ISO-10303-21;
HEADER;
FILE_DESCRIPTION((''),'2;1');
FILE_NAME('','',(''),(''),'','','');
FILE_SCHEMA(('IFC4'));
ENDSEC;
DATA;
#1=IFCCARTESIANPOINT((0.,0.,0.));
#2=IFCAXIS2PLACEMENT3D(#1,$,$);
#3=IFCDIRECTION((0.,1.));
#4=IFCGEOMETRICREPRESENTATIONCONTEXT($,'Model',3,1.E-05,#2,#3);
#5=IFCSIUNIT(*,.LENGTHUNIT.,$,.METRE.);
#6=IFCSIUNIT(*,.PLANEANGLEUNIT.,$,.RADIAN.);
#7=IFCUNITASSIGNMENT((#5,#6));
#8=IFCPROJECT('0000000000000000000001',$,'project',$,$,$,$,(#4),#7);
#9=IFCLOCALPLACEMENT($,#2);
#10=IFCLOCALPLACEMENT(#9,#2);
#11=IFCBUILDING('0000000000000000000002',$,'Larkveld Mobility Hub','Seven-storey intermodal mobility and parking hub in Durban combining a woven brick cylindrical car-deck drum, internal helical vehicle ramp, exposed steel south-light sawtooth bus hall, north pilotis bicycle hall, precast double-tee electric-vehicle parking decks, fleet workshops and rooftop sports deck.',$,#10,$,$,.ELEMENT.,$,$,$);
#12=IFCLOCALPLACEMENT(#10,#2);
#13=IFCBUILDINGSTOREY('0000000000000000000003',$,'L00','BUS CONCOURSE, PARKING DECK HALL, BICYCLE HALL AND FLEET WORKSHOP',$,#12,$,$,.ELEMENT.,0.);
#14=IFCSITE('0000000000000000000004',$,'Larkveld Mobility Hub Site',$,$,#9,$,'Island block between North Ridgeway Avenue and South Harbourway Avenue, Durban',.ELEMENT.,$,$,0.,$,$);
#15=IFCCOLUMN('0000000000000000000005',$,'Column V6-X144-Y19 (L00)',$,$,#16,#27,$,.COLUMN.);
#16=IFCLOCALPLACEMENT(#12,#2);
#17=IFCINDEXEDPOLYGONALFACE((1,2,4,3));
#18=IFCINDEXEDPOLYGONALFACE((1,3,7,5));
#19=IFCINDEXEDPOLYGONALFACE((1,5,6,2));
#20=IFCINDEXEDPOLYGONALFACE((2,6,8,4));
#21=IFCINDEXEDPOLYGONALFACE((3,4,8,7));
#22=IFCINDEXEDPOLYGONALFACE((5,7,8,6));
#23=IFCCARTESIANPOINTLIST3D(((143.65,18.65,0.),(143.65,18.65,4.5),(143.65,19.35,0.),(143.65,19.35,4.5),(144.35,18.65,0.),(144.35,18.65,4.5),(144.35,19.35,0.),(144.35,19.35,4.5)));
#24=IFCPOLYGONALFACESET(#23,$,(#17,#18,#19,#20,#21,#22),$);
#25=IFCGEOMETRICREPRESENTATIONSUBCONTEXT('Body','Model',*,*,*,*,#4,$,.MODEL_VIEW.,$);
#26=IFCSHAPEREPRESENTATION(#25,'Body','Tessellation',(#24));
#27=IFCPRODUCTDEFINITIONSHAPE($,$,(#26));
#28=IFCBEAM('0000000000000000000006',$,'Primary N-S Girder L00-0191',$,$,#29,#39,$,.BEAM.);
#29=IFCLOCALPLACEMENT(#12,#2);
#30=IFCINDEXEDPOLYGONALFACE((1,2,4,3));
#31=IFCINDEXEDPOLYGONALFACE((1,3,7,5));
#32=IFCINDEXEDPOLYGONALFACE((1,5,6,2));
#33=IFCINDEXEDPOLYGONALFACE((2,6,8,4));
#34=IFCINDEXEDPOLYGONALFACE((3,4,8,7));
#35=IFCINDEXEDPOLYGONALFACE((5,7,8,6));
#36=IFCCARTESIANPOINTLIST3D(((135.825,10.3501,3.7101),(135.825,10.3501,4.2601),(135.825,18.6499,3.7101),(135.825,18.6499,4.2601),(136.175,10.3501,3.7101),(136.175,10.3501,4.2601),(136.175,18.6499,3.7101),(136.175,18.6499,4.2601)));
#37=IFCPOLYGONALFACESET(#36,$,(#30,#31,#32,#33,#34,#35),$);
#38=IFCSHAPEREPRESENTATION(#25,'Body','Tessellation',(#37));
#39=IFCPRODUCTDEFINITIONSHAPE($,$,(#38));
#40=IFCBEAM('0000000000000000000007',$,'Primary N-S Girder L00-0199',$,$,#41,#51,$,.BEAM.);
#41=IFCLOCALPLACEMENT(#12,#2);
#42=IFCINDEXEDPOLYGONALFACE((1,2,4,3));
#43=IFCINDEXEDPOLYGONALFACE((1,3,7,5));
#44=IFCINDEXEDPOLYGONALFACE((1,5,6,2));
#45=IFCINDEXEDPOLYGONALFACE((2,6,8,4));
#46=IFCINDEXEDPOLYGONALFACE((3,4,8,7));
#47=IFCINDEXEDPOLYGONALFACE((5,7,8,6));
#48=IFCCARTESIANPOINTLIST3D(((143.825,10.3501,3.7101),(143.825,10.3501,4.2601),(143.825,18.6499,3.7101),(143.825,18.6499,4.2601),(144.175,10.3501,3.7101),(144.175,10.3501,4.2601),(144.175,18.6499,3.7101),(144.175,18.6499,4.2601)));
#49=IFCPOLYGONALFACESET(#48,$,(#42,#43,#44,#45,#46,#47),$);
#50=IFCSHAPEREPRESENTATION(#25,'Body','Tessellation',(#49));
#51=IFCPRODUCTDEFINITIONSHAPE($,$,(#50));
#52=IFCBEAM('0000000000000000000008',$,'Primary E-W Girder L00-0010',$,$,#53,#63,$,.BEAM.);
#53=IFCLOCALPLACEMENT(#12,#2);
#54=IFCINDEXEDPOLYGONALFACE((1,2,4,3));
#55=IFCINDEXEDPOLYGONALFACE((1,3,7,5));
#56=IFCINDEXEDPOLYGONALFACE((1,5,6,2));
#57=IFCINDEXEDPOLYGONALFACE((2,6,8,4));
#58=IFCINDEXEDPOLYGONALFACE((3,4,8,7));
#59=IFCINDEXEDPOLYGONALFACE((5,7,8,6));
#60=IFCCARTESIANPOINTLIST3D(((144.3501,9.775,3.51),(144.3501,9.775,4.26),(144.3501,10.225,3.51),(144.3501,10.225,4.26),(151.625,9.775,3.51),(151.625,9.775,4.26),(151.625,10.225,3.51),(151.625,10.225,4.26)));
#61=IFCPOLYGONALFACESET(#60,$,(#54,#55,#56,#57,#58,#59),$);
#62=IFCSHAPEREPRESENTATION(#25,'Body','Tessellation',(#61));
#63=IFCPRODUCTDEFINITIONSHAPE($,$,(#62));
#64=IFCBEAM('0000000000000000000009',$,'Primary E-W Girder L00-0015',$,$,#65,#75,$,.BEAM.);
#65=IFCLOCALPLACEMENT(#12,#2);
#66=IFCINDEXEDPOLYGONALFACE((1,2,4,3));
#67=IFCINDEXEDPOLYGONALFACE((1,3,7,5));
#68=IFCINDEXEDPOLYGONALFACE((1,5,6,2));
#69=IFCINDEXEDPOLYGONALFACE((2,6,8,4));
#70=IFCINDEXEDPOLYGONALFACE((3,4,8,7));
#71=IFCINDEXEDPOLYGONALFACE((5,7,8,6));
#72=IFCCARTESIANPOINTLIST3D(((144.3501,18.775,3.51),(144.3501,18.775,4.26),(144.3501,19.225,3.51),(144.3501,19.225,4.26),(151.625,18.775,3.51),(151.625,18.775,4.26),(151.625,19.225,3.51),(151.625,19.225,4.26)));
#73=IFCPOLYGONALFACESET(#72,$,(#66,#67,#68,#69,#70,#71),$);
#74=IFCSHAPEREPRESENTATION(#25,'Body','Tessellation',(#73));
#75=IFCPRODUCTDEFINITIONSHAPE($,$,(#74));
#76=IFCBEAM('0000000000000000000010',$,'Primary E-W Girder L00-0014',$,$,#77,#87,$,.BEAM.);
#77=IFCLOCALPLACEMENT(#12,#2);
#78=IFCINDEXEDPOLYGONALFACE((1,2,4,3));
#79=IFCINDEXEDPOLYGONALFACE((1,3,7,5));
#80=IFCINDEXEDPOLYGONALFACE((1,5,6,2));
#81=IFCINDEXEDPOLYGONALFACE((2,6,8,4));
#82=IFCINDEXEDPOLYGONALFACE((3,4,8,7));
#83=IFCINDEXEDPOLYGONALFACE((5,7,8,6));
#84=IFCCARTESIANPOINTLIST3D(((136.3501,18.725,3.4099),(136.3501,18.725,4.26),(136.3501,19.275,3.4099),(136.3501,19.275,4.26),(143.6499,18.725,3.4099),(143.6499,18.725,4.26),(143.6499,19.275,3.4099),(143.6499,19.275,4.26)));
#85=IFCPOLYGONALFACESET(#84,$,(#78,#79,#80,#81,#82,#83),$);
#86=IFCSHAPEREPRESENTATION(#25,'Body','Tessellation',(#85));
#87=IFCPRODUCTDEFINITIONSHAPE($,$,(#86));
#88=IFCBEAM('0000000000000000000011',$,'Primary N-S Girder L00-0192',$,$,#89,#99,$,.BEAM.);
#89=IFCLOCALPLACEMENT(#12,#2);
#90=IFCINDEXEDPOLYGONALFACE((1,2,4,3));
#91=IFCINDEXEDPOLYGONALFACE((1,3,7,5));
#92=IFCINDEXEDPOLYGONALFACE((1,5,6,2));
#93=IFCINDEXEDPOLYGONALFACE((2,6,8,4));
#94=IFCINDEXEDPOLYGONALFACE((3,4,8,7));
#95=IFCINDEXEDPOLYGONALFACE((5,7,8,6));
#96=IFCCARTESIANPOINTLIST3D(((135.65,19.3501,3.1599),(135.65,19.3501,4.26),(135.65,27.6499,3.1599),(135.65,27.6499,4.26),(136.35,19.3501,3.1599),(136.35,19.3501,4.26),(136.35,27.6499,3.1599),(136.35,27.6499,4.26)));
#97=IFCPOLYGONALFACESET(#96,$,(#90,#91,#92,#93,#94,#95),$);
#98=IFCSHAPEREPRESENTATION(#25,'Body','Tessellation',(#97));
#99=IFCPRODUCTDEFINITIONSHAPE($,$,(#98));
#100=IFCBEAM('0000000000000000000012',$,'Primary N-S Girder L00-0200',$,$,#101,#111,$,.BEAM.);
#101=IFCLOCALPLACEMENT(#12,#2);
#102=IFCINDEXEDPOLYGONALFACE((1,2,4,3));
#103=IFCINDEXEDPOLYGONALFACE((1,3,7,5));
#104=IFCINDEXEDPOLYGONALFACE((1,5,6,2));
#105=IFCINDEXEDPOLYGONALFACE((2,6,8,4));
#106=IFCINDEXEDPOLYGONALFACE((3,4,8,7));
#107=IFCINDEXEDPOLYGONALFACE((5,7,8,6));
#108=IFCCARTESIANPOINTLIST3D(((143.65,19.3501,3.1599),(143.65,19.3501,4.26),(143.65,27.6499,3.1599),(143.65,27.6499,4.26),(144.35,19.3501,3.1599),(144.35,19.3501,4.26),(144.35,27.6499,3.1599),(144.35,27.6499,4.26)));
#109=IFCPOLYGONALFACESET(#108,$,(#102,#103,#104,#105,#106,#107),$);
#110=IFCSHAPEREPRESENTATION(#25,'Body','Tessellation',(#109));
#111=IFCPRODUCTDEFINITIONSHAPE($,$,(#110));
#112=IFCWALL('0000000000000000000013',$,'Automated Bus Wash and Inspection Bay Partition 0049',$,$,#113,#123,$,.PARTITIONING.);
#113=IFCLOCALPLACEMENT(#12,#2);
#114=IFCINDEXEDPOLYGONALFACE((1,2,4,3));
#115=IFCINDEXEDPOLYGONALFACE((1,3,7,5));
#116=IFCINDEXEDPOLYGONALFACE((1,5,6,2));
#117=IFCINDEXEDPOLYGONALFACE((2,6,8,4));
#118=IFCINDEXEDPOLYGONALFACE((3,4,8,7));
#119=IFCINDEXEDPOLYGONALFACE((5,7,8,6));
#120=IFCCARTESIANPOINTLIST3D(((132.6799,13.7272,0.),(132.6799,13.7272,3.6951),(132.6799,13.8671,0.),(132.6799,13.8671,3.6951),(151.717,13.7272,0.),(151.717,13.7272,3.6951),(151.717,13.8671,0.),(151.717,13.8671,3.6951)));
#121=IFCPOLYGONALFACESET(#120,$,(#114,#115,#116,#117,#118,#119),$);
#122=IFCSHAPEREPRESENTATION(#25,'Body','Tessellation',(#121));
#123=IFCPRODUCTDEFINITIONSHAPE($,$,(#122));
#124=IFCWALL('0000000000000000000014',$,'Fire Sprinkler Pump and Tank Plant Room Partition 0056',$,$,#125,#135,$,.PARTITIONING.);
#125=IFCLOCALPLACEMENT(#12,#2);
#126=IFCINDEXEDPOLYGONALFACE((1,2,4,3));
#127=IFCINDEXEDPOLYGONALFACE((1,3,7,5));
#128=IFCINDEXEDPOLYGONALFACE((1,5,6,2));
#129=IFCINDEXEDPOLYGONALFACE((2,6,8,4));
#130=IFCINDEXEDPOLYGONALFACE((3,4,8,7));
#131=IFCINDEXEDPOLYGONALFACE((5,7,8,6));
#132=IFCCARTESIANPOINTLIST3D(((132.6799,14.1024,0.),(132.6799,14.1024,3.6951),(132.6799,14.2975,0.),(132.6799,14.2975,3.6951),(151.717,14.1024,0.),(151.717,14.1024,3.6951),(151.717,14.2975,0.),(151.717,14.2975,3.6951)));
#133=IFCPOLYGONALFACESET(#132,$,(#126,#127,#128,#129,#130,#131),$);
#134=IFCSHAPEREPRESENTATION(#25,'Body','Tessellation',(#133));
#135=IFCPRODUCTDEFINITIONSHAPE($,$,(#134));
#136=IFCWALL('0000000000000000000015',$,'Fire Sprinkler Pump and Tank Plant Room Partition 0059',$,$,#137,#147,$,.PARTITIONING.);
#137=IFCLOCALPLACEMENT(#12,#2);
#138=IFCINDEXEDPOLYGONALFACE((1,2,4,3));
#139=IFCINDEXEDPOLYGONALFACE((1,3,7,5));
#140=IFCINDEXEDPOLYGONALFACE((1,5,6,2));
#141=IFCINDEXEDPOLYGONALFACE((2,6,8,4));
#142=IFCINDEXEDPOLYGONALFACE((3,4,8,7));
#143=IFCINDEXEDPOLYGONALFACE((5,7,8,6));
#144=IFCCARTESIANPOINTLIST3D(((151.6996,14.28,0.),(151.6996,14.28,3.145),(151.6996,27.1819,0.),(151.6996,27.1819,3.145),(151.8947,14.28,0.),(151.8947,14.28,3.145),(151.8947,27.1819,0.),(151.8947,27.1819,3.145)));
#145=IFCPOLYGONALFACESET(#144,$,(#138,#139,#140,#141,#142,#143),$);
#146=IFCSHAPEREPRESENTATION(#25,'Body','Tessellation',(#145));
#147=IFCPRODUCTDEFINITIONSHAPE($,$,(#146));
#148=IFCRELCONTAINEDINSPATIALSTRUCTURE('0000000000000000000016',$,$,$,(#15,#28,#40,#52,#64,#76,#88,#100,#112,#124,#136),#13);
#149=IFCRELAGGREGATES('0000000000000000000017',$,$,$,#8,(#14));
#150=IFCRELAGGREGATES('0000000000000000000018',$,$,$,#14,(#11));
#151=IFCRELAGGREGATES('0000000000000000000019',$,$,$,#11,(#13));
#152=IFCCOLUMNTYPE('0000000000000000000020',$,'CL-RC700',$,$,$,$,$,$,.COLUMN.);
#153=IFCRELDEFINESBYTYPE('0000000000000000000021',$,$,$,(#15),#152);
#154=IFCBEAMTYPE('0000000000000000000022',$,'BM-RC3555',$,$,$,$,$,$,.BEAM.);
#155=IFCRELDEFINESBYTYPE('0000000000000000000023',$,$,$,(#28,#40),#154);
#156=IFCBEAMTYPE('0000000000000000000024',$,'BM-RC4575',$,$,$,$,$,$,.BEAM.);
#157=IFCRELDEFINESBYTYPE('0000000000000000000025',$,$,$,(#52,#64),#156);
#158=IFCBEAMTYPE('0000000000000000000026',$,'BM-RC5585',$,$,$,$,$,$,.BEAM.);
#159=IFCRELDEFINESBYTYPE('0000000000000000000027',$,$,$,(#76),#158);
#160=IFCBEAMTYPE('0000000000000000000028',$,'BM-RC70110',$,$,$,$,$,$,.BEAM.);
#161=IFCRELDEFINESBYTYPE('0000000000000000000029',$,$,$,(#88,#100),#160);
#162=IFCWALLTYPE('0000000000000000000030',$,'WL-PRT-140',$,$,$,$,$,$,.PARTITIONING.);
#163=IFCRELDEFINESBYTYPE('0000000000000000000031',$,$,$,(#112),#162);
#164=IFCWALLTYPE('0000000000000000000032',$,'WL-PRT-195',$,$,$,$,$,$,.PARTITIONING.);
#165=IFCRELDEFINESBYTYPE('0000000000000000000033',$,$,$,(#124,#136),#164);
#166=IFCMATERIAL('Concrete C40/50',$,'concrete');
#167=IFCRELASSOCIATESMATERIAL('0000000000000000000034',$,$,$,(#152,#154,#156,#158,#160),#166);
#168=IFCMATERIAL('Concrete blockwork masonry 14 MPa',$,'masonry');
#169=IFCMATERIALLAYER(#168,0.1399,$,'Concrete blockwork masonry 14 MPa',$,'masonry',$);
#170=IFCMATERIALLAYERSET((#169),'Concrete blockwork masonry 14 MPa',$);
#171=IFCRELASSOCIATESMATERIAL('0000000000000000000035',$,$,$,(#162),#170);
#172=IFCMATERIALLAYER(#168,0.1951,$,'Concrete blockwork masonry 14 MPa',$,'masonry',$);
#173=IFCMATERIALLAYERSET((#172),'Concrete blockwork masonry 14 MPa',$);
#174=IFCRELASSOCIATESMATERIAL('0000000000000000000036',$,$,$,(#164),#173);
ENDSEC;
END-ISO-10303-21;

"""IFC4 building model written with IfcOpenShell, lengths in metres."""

from ifc_helpers import new_model, si_unit, direction, frame, frame_2d, origin, origin_2d, place, context, subcontext, project, spatial, rectangle, extrude, material, layer, layer_set, material_profile, profile_set, type_object, element, save


model = new_model("IFC4")

# Units and contexts
model_context = context("Model", 3, precision=1e-05, world=origin(), true_north=direction((0.0, 1.0)))
body_context = subcontext(model_context, "Body", "Model", "MODEL_VIEW")
ifc_project = project(units=[si_unit("LENGTHUNIT", "METRE"), si_unit("PLANEANGLEUNIT", "RADIAN")], contexts=[model_context])

# Site, building, storey
site_placement = place(None, origin())
site = spatial("IfcSite", under=ifc_project, at=site_placement, Name="Larkveld Mobility Hub Site", LongName="Island block between North Ridgeway Avenue and South Harbourway Avenue, Durban", CompositionType="ELEMENT", RefElevation=0.0)
building_placement = place(site_placement, origin())
building = spatial("IfcBuilding", under=site, at=building_placement, Name="Larkveld Mobility Hub", Description="Seven-storey intermodal mobility and parking hub in Durban combining a woven brick cylindrical car-deck drum, internal helical vehicle ramp, exposed steel south-light sawtooth bus hall, north pilotis bicycle hall, precast double-tee electric-vehicle parking decks, fleet workshops and rooftop sports deck.", CompositionType="ELEMENT")
storey_placement = place(building_placement, origin())
storey = spatial("IfcBuildingStorey", under=building, at=storey_placement, Name="L00", Description="BUS CONCOURSE, PARKING DECK HALL, BICYCLE HALL AND FLEET WORKSHOP", CompositionType="ELEMENT", Elevation=0.0)

# Column
ifc_material_1 = material(Name="Concrete C40/50", Category="concrete")
ifc_material_profile_1 = material_profile(ifc_material_1, rectangle(XDim=0.7, YDim=0.7, at=origin_2d()), Name="RC COL 700x700")
ifc_profile_set_1 = profile_set([ifc_material_profile_1], Name="Concrete C40/50")
column_type = type_object("IfcColumnType", Name="CL-RC700", PredefinedType="COLUMN", material=ifc_profile_set_1)
for number, where, z_axis, x_axis, name in (
    (1, (144.0, 19.0, 0.0), (0.0, 0.0, 1.0), (1.0, 0.0, 0.0), "Column V6-X144-Y19 (L00)"),
):
    element("IfcColumn", number, at=place(storey_placement, frame(where, z_axis=z_axis, x_axis=x_axis)), inside=storey, type_object=column_type, Name=name, PredefinedType="COLUMN", context=body_context, shape_type="SweptSolid", body=[
        extrude(rectangle(XDim=0.7, YDim=0.7, at=origin_2d()), origin(), (0.0, 0.0, 1.0), 4.5),
    ])

# Beams
ifc_material_profile_2 = material_profile(ifc_material_1, rectangle(XDim=0.3501, YDim=0.55, at=origin_2d()), Name="RC BM 350x550")
ifc_profile_set_2 = profile_set([ifc_material_profile_2], Name="Concrete C40/50")
beam_type_1 = type_object("IfcBeamType", Name="BM-RC3555", PredefinedType="BEAM", material=ifc_profile_set_2)
for number, where, z_axis, x_axis, name in (
    (2, (136.0, 10.3501, 3.9851), (0.0, 1.0, 0.0), (-1.0, 0.0, 0.0), "Primary N-S Girder L00-0191"),
    (3, (144.0, 10.3501, 3.9851), (0.0, 1.0, 0.0), (-1.0, 0.0, 0.0), "Primary N-S Girder L00-0199"),
):
    element("IfcBeam", number, at=place(storey_placement, frame(where, z_axis=z_axis, x_axis=x_axis)), inside=storey, type_object=beam_type_1, Name=name, PredefinedType="BEAM", context=body_context, shape_type="SweptSolid", body=[
        extrude(rectangle(XDim=0.3501, YDim=0.55, at=origin_2d()), origin(), (0.0, 0.0, 1.0), 8.2998),
    ])
ifc_material_profile_3 = material_profile(ifc_material_1, rectangle(XDim=0.45, YDim=0.75, at=origin_2d()), Name="RC BM 450x750")
ifc_profile_set_3 = profile_set([ifc_material_profile_3], Name="Concrete C40/50")
beam_type_2 = type_object("IfcBeamType", Name="BM-RC4575", PredefinedType="BEAM", material=ifc_profile_set_3)
for number, where, z_axis, x_axis, name in (
    (4, (144.3501, 10.0, 3.885), (1.0, 0.0, 0.0), (0.0, 1.0, 0.0), "Primary E-W Girder L00-0010"),
    (5, (144.3501, 19.0, 3.885), (1.0, 0.0, 0.0), (0.0, 1.0, 0.0), "Primary E-W Girder L00-0015"),
):
    element("IfcBeam", number, at=place(storey_placement, frame(where, z_axis=z_axis, x_axis=x_axis)), inside=storey, type_object=beam_type_2, Name=name, PredefinedType="BEAM", context=body_context, shape_type="SweptSolid", body=[
        extrude(rectangle(XDim=0.45, YDim=0.75, at=origin_2d()), origin(), (0.0, 0.0, 1.0), 7.2749),
    ])
ifc_material_profile_4 = material_profile(ifc_material_1, rectangle(XDim=0.55, YDim=0.8501, at=origin_2d()), Name="RC BM 550x850")
ifc_profile_set_4 = profile_set([ifc_material_profile_4], Name="Concrete C40/50")
beam_type_3 = type_object("IfcBeamType", Name="BM-RC5585", PredefinedType="BEAM", material=ifc_profile_set_4)
beam_placement = place(storey_placement, frame((136.3501, 19.0, 3.835), z_axis=(1.0, 0.0, 0.0), x_axis=(0.0, 1.0, 0.0)))
element("IfcBeam", 6, at=beam_placement, inside=storey, type_object=beam_type_3, Name="Primary E-W Girder L00-0014", PredefinedType="BEAM", context=body_context, shape_type="SweptSolid", body=[
    extrude(rectangle(XDim=0.55, YDim=0.8501, at=origin_2d()), origin(), (0.0, 0.0, 1.0), 7.2998),
])
ifc_material_profile_5 = material_profile(ifc_material_1, rectangle(XDim=0.7, YDim=1.1001, at=origin_2d()), Name="RC BM 700x1100")
ifc_profile_set_5 = profile_set([ifc_material_profile_5], Name="Concrete C40/50")
beam_type_4 = type_object("IfcBeamType", Name="BM-RC70110", PredefinedType="BEAM", material=ifc_profile_set_5)
for number, where, z_axis, x_axis, name in (
    (7, (136.0, 19.3501, 3.71), (0.0, 1.0, 0.0), (-1.0, 0.0, 0.0), "Primary N-S Girder L00-0192"),
    (8, (144.0, 19.3501, 3.71), (0.0, 1.0, 0.0), (-1.0, 0.0, 0.0), "Primary N-S Girder L00-0200"),
):
    element("IfcBeam", number, at=place(storey_placement, frame(where, z_axis=z_axis, x_axis=x_axis)), inside=storey, type_object=beam_type_4, Name=name, PredefinedType="BEAM", context=body_context, shape_type="SweptSolid", body=[
        extrude(rectangle(XDim=0.7, YDim=1.1001, at=origin_2d()), origin(), (0.0, 0.0, 1.0), 8.2998),
    ])

# Walls
ifc_material_2 = material(Name="Concrete blockwork masonry 14 MPa", Category="masonry")
ifc_layer_1 = layer(ifc_material_2, 0.1399, Name="Concrete blockwork masonry 14 MPa", Category="masonry")
ifc_layer_set_1 = layer_set([ifc_layer_1], Name="Concrete blockwork masonry 14 MPa")
wall_type_1 = type_object("IfcWallType", Name="WL-PRT-140", PredefinedType="PARTITIONING", material=ifc_layer_set_1)
wall_1_placement = place(storey_placement, frame((132.6799, 13.7971, 0.0), z_axis=(0.0, 0.0, 1.0), x_axis=(1.0, 0.0, 0.0)))
element("IfcWall", 9, at=wall_1_placement, inside=storey, type_object=wall_type_1, Name="Automated Bus Wash and Inspection Bay Partition 0049", PredefinedType="PARTITIONING", context=body_context, shape_type="SweptSolid", body=[
    extrude(rectangle(XDim=19.0371, YDim=0.1399, at=frame_2d((9.5186, 0.0))), origin(), (0.0, 0.0, 1.0), 3.6951),
])
ifc_layer_2 = layer(ifc_material_2, 0.1951, Name="Concrete blockwork masonry 14 MPa", Category="masonry")
ifc_layer_set_2 = layer_set([ifc_layer_2], Name="Concrete blockwork masonry 14 MPa")
wall_type_2 = type_object("IfcWallType", Name="WL-PRT-195", PredefinedType="PARTITIONING", material=ifc_layer_set_2)
wall_2_placement = place(storey_placement, frame((132.6799, 14.2, 0.0), z_axis=(0.0, 0.0, 1.0), x_axis=(1.0, 0.0, 0.0)))
element("IfcWall", 10, at=wall_2_placement, inside=storey, type_object=wall_type_2, Name="Fire Sprinkler Pump and Tank Plant Room Partition 0056", PredefinedType="PARTITIONING", context=body_context, shape_type="SweptSolid", body=[
    extrude(rectangle(XDim=19.0371, YDim=0.1951, at=frame_2d((9.5186, 0.0))), origin(), (0.0, 0.0, 1.0), 3.6951),
])
wall_3_placement = place(storey_placement, frame((151.7971, 14.28, 0.0), z_axis=(0.0, 0.0, 1.0), x_axis=(0.0, 1.0, 0.0)))
element("IfcWall", 11, at=wall_3_placement, inside=storey, type_object=wall_type_2, Name="Fire Sprinkler Pump and Tank Plant Room Partition 0059", PredefinedType="PARTITIONING", context=body_context, shape_type="SweptSolid", body=[
    extrude(rectangle(XDim=12.9019, YDim=0.1951, at=frame_2d((6.4509, 0.0))), origin(), (0.0, 0.0, 1.0), 3.145),
])

save(model, "model.ifc")
